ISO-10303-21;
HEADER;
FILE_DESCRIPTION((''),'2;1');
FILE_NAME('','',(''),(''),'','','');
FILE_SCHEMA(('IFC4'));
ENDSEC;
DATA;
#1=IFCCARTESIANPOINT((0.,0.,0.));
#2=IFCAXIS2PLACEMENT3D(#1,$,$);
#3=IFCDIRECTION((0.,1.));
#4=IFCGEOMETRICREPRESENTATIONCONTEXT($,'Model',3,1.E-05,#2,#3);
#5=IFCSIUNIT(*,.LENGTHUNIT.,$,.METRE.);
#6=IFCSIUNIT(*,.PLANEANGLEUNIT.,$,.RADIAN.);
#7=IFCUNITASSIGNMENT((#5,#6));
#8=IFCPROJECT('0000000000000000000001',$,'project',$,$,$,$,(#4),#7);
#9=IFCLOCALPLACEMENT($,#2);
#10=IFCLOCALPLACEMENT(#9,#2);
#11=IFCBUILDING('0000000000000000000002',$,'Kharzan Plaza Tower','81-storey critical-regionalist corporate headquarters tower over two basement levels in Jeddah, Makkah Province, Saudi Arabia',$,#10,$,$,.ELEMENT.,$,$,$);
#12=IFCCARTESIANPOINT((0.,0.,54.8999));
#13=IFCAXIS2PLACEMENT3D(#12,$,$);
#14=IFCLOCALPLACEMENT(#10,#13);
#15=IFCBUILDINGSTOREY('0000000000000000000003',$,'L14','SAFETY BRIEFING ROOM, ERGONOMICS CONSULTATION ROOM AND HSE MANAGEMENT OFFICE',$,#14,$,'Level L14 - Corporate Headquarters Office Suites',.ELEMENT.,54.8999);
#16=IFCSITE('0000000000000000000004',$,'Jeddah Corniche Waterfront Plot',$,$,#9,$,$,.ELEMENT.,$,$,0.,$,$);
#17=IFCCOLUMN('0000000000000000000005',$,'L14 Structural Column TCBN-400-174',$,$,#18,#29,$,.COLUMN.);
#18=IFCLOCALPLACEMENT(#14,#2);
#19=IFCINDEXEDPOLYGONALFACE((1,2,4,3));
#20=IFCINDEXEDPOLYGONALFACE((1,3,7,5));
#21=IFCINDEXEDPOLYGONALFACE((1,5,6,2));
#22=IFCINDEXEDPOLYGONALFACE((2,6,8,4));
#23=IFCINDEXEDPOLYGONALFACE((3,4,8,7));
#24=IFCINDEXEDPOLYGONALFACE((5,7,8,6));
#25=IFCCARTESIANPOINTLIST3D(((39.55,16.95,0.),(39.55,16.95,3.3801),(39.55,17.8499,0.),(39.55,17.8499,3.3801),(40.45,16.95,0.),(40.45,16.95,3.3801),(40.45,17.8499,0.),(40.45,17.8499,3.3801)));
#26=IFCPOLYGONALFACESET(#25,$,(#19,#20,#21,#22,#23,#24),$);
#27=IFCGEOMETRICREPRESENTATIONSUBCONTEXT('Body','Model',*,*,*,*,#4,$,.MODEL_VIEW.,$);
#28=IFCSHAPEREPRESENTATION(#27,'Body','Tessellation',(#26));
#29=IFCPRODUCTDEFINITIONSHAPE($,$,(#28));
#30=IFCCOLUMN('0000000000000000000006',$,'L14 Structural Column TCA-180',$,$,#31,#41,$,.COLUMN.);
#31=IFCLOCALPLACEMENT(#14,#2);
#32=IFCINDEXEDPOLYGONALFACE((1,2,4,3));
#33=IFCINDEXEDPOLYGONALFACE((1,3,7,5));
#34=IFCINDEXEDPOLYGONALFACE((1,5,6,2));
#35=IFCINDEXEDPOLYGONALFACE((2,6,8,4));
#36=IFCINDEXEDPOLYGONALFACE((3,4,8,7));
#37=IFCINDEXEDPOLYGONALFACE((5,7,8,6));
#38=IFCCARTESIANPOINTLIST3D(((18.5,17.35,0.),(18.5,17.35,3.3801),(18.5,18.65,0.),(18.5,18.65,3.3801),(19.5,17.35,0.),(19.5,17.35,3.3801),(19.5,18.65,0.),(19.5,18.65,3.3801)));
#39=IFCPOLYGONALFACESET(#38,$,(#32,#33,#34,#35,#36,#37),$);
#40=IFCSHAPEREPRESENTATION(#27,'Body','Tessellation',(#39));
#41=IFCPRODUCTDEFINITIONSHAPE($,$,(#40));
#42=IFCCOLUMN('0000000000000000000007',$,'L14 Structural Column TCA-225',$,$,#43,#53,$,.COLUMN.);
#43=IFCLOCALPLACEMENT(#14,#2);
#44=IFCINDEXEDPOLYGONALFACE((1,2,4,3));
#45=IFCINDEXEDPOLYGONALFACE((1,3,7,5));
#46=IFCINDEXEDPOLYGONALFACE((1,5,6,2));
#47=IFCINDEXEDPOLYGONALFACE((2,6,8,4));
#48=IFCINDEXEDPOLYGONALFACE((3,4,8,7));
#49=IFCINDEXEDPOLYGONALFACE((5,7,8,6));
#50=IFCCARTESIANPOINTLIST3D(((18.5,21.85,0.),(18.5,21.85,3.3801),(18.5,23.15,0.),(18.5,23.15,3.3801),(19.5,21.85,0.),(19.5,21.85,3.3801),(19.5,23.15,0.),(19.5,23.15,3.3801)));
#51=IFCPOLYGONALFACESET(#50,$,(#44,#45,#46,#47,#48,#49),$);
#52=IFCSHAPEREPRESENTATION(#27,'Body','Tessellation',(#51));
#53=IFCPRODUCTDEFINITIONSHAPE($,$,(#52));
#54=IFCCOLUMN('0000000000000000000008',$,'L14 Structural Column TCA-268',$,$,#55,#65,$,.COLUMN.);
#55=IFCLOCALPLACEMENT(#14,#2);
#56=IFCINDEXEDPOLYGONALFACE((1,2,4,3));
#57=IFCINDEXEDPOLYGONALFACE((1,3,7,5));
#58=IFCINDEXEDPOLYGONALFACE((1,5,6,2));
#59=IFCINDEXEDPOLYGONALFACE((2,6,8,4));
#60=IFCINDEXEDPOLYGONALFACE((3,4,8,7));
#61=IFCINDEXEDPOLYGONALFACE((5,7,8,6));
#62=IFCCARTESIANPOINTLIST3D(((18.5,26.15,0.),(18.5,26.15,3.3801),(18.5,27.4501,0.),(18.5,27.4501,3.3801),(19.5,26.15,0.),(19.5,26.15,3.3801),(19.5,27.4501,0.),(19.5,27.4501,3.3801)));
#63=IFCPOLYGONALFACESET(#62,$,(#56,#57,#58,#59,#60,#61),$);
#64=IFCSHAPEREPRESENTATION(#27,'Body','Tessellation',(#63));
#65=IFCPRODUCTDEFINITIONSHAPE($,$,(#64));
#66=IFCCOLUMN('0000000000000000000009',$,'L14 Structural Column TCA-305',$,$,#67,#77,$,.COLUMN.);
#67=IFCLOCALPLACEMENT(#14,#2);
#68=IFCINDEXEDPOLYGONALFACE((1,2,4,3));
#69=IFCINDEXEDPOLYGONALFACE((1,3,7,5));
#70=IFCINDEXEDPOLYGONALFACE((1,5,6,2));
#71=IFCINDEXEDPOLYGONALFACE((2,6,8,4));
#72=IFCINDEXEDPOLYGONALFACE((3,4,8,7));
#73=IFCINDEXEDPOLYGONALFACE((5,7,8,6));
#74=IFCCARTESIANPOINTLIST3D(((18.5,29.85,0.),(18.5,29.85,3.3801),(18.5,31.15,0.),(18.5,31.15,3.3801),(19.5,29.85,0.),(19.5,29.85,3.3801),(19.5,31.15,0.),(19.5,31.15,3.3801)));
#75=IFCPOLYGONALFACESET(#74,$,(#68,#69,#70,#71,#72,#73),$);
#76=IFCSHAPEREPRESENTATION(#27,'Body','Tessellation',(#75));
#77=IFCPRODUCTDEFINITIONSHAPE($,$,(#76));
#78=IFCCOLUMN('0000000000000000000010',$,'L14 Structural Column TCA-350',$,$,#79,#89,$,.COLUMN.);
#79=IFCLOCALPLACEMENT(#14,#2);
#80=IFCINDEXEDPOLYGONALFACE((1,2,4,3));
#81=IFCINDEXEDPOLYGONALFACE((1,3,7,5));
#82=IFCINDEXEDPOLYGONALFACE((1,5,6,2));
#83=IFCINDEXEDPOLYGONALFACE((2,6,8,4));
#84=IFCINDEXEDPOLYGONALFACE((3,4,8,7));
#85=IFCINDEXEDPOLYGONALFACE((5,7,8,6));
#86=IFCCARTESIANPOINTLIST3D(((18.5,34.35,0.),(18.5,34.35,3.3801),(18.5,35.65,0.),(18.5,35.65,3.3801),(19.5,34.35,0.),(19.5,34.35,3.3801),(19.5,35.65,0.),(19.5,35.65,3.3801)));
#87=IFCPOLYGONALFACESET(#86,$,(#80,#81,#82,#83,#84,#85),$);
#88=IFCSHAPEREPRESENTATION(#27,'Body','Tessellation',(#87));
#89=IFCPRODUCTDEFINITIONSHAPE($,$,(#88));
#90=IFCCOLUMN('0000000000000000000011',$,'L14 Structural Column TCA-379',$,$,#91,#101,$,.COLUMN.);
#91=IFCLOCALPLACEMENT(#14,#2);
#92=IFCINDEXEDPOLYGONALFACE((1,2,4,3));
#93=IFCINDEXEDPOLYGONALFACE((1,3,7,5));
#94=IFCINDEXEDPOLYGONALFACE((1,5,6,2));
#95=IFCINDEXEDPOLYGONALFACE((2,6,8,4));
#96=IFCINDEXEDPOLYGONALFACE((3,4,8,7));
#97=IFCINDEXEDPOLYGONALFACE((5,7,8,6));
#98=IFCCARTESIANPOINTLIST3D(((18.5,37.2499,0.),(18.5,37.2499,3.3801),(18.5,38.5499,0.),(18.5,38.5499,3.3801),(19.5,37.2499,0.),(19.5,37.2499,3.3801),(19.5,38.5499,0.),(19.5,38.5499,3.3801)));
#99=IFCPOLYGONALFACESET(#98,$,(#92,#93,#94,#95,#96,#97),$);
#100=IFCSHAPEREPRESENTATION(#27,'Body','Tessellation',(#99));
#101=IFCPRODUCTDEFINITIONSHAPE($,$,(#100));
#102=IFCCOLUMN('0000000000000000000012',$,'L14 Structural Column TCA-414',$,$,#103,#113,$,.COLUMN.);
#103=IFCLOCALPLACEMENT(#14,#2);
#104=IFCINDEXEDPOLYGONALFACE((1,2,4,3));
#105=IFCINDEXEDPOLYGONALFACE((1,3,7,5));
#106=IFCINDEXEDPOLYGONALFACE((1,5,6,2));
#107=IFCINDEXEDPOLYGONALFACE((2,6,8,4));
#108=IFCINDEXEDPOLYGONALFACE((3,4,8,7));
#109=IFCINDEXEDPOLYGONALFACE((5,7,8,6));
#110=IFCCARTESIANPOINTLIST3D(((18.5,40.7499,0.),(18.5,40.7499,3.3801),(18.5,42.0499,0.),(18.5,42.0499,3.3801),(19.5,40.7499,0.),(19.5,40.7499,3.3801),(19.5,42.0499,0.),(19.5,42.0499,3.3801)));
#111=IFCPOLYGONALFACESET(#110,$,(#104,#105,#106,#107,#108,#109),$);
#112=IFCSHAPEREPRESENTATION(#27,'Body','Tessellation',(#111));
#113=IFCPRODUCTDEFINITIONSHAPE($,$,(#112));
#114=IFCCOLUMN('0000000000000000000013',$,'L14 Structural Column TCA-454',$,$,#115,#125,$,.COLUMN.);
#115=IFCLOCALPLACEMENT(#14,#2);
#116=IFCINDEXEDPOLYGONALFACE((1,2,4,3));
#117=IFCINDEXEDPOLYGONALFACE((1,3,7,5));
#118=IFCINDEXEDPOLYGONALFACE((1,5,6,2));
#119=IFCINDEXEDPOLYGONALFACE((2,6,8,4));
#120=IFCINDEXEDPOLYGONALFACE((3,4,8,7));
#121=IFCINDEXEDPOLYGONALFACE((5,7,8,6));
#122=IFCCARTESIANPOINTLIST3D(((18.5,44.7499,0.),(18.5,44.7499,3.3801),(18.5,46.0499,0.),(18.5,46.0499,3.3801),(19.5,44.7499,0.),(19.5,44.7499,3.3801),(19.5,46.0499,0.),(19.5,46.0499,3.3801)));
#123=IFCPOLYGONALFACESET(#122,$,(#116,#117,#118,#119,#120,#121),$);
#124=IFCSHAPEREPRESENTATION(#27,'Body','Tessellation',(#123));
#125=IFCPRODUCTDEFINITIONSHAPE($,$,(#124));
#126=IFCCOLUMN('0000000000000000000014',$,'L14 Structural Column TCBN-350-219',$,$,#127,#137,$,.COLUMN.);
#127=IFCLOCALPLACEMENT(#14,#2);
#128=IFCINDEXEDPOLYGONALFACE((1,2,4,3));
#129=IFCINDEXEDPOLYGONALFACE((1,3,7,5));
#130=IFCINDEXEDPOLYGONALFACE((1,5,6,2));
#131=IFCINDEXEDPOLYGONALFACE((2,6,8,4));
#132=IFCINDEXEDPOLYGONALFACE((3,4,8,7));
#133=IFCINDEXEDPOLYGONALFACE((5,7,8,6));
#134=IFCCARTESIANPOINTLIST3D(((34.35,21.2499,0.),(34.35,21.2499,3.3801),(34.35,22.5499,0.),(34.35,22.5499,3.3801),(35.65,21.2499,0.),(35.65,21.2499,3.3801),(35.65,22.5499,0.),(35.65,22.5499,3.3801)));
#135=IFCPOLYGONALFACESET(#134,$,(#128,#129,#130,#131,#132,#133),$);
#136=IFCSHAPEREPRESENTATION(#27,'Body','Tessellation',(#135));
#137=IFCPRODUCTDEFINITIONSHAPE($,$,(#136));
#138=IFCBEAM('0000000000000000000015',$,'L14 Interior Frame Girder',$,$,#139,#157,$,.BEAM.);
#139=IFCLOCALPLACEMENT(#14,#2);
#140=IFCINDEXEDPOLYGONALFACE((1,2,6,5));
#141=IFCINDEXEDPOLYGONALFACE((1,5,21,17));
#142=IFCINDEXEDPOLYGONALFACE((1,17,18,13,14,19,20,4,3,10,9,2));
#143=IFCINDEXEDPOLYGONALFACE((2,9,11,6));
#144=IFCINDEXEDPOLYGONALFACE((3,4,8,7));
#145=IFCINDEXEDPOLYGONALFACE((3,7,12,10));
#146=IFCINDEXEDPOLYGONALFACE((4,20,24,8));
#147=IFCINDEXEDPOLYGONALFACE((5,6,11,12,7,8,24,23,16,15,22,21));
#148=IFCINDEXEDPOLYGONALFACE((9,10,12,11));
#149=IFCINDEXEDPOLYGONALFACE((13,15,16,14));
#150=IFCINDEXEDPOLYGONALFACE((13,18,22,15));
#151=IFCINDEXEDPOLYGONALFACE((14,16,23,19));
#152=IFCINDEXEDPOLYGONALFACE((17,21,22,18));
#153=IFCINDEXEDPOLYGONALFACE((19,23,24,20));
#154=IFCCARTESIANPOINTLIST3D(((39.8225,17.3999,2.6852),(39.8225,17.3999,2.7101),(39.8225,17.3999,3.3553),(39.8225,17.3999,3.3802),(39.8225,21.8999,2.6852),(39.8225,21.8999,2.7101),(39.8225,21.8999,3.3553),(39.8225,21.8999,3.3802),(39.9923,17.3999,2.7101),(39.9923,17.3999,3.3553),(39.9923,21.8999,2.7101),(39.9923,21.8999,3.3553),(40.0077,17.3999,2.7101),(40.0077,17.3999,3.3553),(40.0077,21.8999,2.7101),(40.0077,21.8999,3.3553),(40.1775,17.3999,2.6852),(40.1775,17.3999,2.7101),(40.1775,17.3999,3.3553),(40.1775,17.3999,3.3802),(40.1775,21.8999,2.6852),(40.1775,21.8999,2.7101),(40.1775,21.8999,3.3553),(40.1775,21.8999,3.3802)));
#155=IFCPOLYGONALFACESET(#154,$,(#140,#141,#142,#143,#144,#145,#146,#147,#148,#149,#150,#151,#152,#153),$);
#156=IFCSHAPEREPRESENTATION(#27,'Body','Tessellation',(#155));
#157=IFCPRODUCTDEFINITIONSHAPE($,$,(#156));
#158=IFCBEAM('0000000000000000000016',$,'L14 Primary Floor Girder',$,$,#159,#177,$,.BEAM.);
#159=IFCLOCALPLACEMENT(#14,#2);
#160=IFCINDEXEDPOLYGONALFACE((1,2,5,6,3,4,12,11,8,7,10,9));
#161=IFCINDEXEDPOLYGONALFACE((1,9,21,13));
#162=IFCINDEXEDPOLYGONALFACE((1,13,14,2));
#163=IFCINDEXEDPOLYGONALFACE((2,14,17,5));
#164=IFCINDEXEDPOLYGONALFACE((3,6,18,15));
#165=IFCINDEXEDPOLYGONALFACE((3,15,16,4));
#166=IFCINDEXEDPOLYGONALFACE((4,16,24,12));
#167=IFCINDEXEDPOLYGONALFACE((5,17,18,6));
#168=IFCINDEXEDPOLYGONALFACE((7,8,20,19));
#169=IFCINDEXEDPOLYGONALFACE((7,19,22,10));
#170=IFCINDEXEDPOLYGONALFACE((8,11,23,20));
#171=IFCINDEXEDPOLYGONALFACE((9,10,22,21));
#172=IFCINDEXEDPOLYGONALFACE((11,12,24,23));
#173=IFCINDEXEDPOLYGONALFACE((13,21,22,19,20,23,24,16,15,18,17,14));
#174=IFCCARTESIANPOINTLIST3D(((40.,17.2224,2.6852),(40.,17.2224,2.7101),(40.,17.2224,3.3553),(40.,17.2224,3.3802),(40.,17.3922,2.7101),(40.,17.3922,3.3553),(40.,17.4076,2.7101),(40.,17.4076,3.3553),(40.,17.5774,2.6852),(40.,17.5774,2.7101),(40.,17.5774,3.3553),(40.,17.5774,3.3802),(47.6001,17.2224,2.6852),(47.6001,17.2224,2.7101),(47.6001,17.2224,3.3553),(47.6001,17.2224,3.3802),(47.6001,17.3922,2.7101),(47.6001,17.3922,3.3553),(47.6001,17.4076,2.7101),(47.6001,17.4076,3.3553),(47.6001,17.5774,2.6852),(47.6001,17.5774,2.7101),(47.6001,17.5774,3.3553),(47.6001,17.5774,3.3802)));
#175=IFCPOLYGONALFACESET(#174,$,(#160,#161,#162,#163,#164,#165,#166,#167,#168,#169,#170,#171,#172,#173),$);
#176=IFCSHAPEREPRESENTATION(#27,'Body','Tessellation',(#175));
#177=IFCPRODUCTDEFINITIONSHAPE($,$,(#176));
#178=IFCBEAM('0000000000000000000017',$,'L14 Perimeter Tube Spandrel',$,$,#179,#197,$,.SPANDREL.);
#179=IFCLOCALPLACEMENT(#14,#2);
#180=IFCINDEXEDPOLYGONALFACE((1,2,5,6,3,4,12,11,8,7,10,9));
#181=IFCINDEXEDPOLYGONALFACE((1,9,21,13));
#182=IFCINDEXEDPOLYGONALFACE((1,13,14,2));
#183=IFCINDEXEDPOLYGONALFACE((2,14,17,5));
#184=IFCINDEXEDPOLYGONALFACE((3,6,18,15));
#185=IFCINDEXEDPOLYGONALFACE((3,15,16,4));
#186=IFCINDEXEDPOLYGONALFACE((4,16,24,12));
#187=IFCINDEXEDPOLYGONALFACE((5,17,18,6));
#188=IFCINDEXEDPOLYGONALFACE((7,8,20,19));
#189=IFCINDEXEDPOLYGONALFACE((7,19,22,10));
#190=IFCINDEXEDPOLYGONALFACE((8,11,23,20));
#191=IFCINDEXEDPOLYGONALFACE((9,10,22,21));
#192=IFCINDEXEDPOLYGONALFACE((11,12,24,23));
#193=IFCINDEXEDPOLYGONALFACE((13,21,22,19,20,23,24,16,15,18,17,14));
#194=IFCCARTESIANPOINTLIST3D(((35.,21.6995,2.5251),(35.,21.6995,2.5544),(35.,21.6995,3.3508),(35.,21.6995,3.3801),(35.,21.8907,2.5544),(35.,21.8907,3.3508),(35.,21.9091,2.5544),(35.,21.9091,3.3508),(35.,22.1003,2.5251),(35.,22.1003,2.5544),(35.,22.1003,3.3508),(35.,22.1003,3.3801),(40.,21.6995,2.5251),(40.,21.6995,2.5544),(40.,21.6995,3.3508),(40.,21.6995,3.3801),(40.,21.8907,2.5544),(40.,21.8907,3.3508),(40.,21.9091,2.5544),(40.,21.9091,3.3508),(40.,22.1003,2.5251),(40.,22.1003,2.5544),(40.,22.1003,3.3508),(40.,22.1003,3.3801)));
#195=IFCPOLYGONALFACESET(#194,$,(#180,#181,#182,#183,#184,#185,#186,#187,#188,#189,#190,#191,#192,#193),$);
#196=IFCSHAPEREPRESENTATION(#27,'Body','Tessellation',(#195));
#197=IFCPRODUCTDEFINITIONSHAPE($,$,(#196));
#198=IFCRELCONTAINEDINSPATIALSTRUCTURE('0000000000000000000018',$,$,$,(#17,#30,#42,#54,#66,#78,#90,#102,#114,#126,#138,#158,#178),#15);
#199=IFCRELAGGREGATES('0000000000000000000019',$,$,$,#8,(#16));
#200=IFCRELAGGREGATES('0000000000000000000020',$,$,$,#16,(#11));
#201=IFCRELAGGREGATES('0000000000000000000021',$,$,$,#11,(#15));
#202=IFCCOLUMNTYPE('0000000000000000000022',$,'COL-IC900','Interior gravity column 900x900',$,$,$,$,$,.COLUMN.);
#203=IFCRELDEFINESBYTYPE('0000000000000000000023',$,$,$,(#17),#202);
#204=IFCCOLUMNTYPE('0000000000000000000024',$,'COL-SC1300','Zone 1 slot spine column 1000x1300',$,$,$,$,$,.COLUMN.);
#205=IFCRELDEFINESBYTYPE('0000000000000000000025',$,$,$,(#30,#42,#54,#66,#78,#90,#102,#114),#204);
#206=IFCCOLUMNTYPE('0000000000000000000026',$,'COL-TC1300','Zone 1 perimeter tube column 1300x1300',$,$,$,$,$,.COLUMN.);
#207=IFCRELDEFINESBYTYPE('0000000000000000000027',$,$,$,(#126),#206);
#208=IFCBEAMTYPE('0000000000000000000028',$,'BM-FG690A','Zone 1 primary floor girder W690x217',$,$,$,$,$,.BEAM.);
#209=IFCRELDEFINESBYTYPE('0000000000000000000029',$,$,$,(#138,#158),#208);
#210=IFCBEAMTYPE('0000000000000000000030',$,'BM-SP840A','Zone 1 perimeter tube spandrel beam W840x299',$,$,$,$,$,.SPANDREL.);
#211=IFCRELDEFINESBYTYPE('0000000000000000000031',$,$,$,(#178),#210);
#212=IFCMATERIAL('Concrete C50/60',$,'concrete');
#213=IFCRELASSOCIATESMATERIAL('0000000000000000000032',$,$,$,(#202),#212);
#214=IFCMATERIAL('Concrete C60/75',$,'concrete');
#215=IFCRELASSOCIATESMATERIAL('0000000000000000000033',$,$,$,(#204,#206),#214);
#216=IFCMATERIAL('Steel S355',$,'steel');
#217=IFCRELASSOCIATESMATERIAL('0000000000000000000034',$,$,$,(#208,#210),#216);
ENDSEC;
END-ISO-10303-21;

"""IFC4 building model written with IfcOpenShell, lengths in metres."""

from ifc_helpers import new_model, si_unit, direction, frame, origin, origin_2d, place, context, subcontext, project, spatial, rectangle, i_section, extrude, source, transform, mapped, material, material_profile, profile_set, type_object, element, save


model = new_model("IFC4")

# Units and contexts
model_context = context("Model", 3, precision=1e-05, world=origin(), true_north=direction((0.0, 1.0)))
body_context = subcontext(model_context, "Body", "Model", "MODEL_VIEW")
ifc_project = project(units=[si_unit("LENGTHUNIT", "METRE"), si_unit("PLANEANGLEUNIT", "RADIAN")], contexts=[model_context])

# Site, building, storey
site_placement = place(None, origin())
site = spatial("IfcSite", under=ifc_project, at=site_placement, Name="Jeddah Corniche Waterfront Plot", CompositionType="ELEMENT", RefElevation=0.0)
building_placement = place(site_placement, origin())
building = spatial("IfcBuilding", under=site, at=building_placement, Name="Kharzan Plaza Tower", Description="81-storey critical-regionalist corporate headquarters tower over two basement levels in Jeddah, Makkah Province, Saudi Arabia", CompositionType="ELEMENT")
storey_placement = place(building_placement, frame((0.0, 0.0, 54.8999)))
storey = spatial("IfcBuildingStorey", under=building, at=storey_placement, Name="L14", Description="SAFETY BRIEFING ROOM, ERGONOMICS CONSULTATION ROOM AND HSE MANAGEMENT OFFICE", LongName="Level L14 - Corporate Headquarters Office Suites", CompositionType="ELEMENT", Elevation=54.8999)

# Columns
ifc_material_1 = material(Name="Concrete C50/60", Category="concrete")
ifc_material_profile_1 = material_profile(ifc_material_1, rectangle(XDim=0.8999, YDim=0.8999, at=origin_2d()), Name="RC-IC900x900")
ifc_profile_set_1 = profile_set([ifc_material_profile_1], Name="Concrete C50/60")
column_type_1 = type_object("IfcColumnType", Name="COL-IC900", Description="Interior gravity column 900x900", PredefinedType="COLUMN", material=ifc_profile_set_1)
shared_shape_1 = source(origin(), body_context, "Body", "SweptSolid", [
    extrude(rectangle(XDim=0.8999, YDim=0.8999, at=origin_2d()), origin(), (0.0, 0.0, 1.0), 3.3801),
])
column_1_placement = place(storey_placement, frame((40.0, 17.3999, 0.0), z_axis=(0.0, 0.0, 1.0), x_axis=(1.0, 0.0, 0.0)))
element("IfcColumn", 1, at=column_1_placement, inside=storey, type_object=column_type_1, Name="L14 Structural Column TCBN-400-174", PredefinedType="COLUMN", context=body_context, shape_type="MappedRepresentation", body=[
    mapped(shared_shape_1, transform((0.0, 0.0, 0.0), x_axis=(1.0, 0.0, 0.0), y_axis=(0.0, 1.0, 0.0), z_axis=(0.0, 0.0, 1.0))),
])
ifc_material_2 = material(Name="Concrete C60/75", Category="concrete")
ifc_material_profile_2 = material_profile(ifc_material_2, rectangle(XDim=1.0, YDim=1.3, at=origin_2d()), Name="RC-SC1300x1000")
ifc_profile_set_2 = profile_set([ifc_material_profile_2], Name="Concrete C60/75")
column_type_2 = type_object("IfcColumnType", Name="COL-SC1300", Description="Zone 1 slot spine column 1000x1300", PredefinedType="COLUMN", material=ifc_profile_set_2)
shared_shape_2 = source(origin(), body_context, "Body", "SweptSolid", [
    extrude(rectangle(XDim=1.0, YDim=1.3, at=origin_2d()), origin(), (0.0, 0.0, 1.0), 3.3801),
])
for number, where, z_axis, x_axis, name in (
    (2, (19.0, 18.0, 0.0), (0.0, 0.0, 1.0), (1.0, 0.0, 0.0), "L14 Structural Column TCA-180"),
    (3, (19.0, 22.5, 0.0), (0.0, 0.0, 1.0), (1.0, 0.0, 0.0), "L14 Structural Column TCA-225"),
    (4, (19.0, 26.8, 0.0), (0.0, 0.0, 1.0), (1.0, 0.0, 0.0), "L14 Structural Column TCA-268"),
    (5, (19.0, 30.5, 0.0), (0.0, 0.0, 1.0), (1.0, 0.0, 0.0), "L14 Structural Column TCA-305"),
    (6, (19.0, 35.0, 0.0), (0.0, 0.0, 1.0), (1.0, 0.0, 0.0), "L14 Structural Column TCA-350"),
    (7, (19.0, 37.8999, 0.0), (0.0, 0.0, 1.0), (1.0, 0.0, 0.0), "L14 Structural Column TCA-379"),
    (8, (19.0, 41.3999, 0.0), (0.0, 0.0, 1.0), (1.0, 0.0, 0.0), "L14 Structural Column TCA-414"),
    (9, (19.0, 45.3999, 0.0), (0.0, 0.0, 1.0), (1.0, 0.0, 0.0), "L14 Structural Column TCA-454"),
):
    element("IfcColumn", number, at=place(storey_placement, frame(where, z_axis=z_axis, x_axis=x_axis)), inside=storey, type_object=column_type_2, Name=name, PredefinedType="COLUMN", context=body_context, shape_type="MappedRepresentation", body=[
        mapped(shared_shape_2, transform((0.0, 0.0, 0.0), x_axis=(1.0, 0.0, 0.0), y_axis=(0.0, 1.0, 0.0), z_axis=(0.0, 0.0, 1.0))),
    ])
ifc_material_profile_3 = material_profile(ifc_material_2, rectangle(XDim=1.3, YDim=1.3, at=origin_2d()), Name="RC-TC1300x1300")
ifc_profile_set_3 = profile_set([ifc_material_profile_3], Name="Concrete C60/75")
column_type_3 = type_object("IfcColumnType", Name="COL-TC1300", Description="Zone 1 perimeter tube column 1300x1300", PredefinedType="COLUMN", material=ifc_profile_set_3)
shared_shape_3 = source(origin(), body_context, "Body", "SweptSolid", [
    extrude(rectangle(XDim=1.3, YDim=1.3, at=origin_2d()), origin(), (0.0, 0.0, 1.0), 3.3801),
])
column_2_placement = place(storey_placement, frame((35.0, 21.8999, 0.0), z_axis=(0.0, 0.0, 1.0), x_axis=(1.0, 0.0, 0.0)))
element("IfcColumn", 10, at=column_2_placement, inside=storey, type_object=column_type_3, Name="L14 Structural Column TCBN-350-219", PredefinedType="COLUMN", context=body_context, shape_type="MappedRepresentation", body=[
    mapped(shared_shape_3, transform((0.0, 0.0, 0.0), x_axis=(1.0, 0.0, 0.0), y_axis=(0.0, 1.0, 0.0), z_axis=(0.0, 0.0, 1.0))),
])

# Beams
ifc_material_3 = material(Name="Steel S355", Category="steel")
ifc_material_profile_4 = material_profile(ifc_material_3, i_section(OverallWidth=0.355, OverallDepth=0.6951, WebThickness=0.0154, FlangeThickness=0.0249, at=origin_2d()), Name="W690x217")
ifc_profile_set_4 = profile_set([ifc_material_profile_4], Name="Steel S355")
beam_type_1 = type_object("IfcBeamType", Name="BM-FG690A", Description="Zone 1 primary floor girder W690x217", PredefinedType="BEAM", material=ifc_profile_set_4)
shared_shape_4 = source(origin(), body_context, "Body", "SweptSolid", [
    extrude(i_section(OverallWidth=0.355, OverallDepth=0.6951, WebThickness=0.0154, FlangeThickness=0.0249, at=origin_2d()), origin(), (0.0, 0.0, 1.0), 4.5),
])
beam_1_placement = place(storey_placement, frame((40.0, 17.3999, 3.0327), z_axis=(0.0, 1.0, 0.0), x_axis=(-1.0, 0.0, 0.0)))
element("IfcBeam", 11, at=beam_1_placement, inside=storey, type_object=beam_type_1, Name="L14 Interior Frame Girder", PredefinedType="BEAM", context=body_context, shape_type="MappedRepresentation", body=[
    mapped(shared_shape_4, transform((0.0, 0.0, 0.0), x_axis=(1.0, 0.0, 0.0), y_axis=(0.0, 1.0, 0.0), z_axis=(0.0, 0.0, 1.0))),
])
shared_shape_5 = source(origin(), body_context, "Body", "SweptSolid", [
    extrude(i_section(OverallWidth=0.355, OverallDepth=0.6951, WebThickness=0.0154, FlangeThickness=0.0249, at=origin_2d()), origin(), (0.0, 0.0, 1.0), 7.6001),
])
beam_2_placement = place(storey_placement, frame((40.0, 17.3999, 3.0327), z_axis=(1.0, 0.0, 0.0), x_axis=(0.0, 1.0, 0.0)))
element("IfcBeam", 12, at=beam_2_placement, inside=storey, type_object=beam_type_1, Name="L14 Primary Floor Girder", PredefinedType="BEAM", context=body_context, shape_type="MappedRepresentation", body=[
    mapped(shared_shape_5, transform((0.0, 0.0, 0.0), x_axis=(1.0, 0.0, 0.0), y_axis=(0.0, 1.0, 0.0), z_axis=(0.0, 0.0, 1.0))),
])
ifc_material_profile_5 = material_profile(ifc_material_3, i_section(OverallWidth=0.4009, OverallDepth=0.855, WebThickness=0.0183, FlangeThickness=0.0293, at=origin_2d()), Name="W840x299")
ifc_profile_set_5 = profile_set([ifc_material_profile_5], Name="Steel S355")
beam_type_2 = type_object("IfcBeamType", Name="BM-SP840A", Description="Zone 1 perimeter tube spandrel beam W840x299", PredefinedType="SPANDREL", material=ifc_profile_set_5)
shared_shape_6 = source(origin(), body_context, "Body", "SweptSolid", [
    extrude(i_section(OverallWidth=0.4009, OverallDepth=0.855, WebThickness=0.0183, FlangeThickness=0.0293, at=origin_2d()), origin(), (0.0, 0.0, 1.0), 5.0),
])
beam_3_placement = place(storey_placement, frame((35.0, 21.8999, 2.9526), z_axis=(1.0, 0.0, 0.0), x_axis=(0.0, 1.0, 0.0)))
element("IfcBeam", 13, at=beam_3_placement, inside=storey, type_object=beam_type_2, Name="L14 Perimeter Tube Spandrel", PredefinedType="SPANDREL", context=body_context, shape_type="MappedRepresentation", body=[
    mapped(shared_shape_6, transform((0.0, 0.0, 0.0), x_axis=(1.0, 0.0, 0.0), y_axis=(0.0, 1.0, 0.0), z_axis=(0.0, 0.0, 1.0))),
])

save(model, "model.ifc")
